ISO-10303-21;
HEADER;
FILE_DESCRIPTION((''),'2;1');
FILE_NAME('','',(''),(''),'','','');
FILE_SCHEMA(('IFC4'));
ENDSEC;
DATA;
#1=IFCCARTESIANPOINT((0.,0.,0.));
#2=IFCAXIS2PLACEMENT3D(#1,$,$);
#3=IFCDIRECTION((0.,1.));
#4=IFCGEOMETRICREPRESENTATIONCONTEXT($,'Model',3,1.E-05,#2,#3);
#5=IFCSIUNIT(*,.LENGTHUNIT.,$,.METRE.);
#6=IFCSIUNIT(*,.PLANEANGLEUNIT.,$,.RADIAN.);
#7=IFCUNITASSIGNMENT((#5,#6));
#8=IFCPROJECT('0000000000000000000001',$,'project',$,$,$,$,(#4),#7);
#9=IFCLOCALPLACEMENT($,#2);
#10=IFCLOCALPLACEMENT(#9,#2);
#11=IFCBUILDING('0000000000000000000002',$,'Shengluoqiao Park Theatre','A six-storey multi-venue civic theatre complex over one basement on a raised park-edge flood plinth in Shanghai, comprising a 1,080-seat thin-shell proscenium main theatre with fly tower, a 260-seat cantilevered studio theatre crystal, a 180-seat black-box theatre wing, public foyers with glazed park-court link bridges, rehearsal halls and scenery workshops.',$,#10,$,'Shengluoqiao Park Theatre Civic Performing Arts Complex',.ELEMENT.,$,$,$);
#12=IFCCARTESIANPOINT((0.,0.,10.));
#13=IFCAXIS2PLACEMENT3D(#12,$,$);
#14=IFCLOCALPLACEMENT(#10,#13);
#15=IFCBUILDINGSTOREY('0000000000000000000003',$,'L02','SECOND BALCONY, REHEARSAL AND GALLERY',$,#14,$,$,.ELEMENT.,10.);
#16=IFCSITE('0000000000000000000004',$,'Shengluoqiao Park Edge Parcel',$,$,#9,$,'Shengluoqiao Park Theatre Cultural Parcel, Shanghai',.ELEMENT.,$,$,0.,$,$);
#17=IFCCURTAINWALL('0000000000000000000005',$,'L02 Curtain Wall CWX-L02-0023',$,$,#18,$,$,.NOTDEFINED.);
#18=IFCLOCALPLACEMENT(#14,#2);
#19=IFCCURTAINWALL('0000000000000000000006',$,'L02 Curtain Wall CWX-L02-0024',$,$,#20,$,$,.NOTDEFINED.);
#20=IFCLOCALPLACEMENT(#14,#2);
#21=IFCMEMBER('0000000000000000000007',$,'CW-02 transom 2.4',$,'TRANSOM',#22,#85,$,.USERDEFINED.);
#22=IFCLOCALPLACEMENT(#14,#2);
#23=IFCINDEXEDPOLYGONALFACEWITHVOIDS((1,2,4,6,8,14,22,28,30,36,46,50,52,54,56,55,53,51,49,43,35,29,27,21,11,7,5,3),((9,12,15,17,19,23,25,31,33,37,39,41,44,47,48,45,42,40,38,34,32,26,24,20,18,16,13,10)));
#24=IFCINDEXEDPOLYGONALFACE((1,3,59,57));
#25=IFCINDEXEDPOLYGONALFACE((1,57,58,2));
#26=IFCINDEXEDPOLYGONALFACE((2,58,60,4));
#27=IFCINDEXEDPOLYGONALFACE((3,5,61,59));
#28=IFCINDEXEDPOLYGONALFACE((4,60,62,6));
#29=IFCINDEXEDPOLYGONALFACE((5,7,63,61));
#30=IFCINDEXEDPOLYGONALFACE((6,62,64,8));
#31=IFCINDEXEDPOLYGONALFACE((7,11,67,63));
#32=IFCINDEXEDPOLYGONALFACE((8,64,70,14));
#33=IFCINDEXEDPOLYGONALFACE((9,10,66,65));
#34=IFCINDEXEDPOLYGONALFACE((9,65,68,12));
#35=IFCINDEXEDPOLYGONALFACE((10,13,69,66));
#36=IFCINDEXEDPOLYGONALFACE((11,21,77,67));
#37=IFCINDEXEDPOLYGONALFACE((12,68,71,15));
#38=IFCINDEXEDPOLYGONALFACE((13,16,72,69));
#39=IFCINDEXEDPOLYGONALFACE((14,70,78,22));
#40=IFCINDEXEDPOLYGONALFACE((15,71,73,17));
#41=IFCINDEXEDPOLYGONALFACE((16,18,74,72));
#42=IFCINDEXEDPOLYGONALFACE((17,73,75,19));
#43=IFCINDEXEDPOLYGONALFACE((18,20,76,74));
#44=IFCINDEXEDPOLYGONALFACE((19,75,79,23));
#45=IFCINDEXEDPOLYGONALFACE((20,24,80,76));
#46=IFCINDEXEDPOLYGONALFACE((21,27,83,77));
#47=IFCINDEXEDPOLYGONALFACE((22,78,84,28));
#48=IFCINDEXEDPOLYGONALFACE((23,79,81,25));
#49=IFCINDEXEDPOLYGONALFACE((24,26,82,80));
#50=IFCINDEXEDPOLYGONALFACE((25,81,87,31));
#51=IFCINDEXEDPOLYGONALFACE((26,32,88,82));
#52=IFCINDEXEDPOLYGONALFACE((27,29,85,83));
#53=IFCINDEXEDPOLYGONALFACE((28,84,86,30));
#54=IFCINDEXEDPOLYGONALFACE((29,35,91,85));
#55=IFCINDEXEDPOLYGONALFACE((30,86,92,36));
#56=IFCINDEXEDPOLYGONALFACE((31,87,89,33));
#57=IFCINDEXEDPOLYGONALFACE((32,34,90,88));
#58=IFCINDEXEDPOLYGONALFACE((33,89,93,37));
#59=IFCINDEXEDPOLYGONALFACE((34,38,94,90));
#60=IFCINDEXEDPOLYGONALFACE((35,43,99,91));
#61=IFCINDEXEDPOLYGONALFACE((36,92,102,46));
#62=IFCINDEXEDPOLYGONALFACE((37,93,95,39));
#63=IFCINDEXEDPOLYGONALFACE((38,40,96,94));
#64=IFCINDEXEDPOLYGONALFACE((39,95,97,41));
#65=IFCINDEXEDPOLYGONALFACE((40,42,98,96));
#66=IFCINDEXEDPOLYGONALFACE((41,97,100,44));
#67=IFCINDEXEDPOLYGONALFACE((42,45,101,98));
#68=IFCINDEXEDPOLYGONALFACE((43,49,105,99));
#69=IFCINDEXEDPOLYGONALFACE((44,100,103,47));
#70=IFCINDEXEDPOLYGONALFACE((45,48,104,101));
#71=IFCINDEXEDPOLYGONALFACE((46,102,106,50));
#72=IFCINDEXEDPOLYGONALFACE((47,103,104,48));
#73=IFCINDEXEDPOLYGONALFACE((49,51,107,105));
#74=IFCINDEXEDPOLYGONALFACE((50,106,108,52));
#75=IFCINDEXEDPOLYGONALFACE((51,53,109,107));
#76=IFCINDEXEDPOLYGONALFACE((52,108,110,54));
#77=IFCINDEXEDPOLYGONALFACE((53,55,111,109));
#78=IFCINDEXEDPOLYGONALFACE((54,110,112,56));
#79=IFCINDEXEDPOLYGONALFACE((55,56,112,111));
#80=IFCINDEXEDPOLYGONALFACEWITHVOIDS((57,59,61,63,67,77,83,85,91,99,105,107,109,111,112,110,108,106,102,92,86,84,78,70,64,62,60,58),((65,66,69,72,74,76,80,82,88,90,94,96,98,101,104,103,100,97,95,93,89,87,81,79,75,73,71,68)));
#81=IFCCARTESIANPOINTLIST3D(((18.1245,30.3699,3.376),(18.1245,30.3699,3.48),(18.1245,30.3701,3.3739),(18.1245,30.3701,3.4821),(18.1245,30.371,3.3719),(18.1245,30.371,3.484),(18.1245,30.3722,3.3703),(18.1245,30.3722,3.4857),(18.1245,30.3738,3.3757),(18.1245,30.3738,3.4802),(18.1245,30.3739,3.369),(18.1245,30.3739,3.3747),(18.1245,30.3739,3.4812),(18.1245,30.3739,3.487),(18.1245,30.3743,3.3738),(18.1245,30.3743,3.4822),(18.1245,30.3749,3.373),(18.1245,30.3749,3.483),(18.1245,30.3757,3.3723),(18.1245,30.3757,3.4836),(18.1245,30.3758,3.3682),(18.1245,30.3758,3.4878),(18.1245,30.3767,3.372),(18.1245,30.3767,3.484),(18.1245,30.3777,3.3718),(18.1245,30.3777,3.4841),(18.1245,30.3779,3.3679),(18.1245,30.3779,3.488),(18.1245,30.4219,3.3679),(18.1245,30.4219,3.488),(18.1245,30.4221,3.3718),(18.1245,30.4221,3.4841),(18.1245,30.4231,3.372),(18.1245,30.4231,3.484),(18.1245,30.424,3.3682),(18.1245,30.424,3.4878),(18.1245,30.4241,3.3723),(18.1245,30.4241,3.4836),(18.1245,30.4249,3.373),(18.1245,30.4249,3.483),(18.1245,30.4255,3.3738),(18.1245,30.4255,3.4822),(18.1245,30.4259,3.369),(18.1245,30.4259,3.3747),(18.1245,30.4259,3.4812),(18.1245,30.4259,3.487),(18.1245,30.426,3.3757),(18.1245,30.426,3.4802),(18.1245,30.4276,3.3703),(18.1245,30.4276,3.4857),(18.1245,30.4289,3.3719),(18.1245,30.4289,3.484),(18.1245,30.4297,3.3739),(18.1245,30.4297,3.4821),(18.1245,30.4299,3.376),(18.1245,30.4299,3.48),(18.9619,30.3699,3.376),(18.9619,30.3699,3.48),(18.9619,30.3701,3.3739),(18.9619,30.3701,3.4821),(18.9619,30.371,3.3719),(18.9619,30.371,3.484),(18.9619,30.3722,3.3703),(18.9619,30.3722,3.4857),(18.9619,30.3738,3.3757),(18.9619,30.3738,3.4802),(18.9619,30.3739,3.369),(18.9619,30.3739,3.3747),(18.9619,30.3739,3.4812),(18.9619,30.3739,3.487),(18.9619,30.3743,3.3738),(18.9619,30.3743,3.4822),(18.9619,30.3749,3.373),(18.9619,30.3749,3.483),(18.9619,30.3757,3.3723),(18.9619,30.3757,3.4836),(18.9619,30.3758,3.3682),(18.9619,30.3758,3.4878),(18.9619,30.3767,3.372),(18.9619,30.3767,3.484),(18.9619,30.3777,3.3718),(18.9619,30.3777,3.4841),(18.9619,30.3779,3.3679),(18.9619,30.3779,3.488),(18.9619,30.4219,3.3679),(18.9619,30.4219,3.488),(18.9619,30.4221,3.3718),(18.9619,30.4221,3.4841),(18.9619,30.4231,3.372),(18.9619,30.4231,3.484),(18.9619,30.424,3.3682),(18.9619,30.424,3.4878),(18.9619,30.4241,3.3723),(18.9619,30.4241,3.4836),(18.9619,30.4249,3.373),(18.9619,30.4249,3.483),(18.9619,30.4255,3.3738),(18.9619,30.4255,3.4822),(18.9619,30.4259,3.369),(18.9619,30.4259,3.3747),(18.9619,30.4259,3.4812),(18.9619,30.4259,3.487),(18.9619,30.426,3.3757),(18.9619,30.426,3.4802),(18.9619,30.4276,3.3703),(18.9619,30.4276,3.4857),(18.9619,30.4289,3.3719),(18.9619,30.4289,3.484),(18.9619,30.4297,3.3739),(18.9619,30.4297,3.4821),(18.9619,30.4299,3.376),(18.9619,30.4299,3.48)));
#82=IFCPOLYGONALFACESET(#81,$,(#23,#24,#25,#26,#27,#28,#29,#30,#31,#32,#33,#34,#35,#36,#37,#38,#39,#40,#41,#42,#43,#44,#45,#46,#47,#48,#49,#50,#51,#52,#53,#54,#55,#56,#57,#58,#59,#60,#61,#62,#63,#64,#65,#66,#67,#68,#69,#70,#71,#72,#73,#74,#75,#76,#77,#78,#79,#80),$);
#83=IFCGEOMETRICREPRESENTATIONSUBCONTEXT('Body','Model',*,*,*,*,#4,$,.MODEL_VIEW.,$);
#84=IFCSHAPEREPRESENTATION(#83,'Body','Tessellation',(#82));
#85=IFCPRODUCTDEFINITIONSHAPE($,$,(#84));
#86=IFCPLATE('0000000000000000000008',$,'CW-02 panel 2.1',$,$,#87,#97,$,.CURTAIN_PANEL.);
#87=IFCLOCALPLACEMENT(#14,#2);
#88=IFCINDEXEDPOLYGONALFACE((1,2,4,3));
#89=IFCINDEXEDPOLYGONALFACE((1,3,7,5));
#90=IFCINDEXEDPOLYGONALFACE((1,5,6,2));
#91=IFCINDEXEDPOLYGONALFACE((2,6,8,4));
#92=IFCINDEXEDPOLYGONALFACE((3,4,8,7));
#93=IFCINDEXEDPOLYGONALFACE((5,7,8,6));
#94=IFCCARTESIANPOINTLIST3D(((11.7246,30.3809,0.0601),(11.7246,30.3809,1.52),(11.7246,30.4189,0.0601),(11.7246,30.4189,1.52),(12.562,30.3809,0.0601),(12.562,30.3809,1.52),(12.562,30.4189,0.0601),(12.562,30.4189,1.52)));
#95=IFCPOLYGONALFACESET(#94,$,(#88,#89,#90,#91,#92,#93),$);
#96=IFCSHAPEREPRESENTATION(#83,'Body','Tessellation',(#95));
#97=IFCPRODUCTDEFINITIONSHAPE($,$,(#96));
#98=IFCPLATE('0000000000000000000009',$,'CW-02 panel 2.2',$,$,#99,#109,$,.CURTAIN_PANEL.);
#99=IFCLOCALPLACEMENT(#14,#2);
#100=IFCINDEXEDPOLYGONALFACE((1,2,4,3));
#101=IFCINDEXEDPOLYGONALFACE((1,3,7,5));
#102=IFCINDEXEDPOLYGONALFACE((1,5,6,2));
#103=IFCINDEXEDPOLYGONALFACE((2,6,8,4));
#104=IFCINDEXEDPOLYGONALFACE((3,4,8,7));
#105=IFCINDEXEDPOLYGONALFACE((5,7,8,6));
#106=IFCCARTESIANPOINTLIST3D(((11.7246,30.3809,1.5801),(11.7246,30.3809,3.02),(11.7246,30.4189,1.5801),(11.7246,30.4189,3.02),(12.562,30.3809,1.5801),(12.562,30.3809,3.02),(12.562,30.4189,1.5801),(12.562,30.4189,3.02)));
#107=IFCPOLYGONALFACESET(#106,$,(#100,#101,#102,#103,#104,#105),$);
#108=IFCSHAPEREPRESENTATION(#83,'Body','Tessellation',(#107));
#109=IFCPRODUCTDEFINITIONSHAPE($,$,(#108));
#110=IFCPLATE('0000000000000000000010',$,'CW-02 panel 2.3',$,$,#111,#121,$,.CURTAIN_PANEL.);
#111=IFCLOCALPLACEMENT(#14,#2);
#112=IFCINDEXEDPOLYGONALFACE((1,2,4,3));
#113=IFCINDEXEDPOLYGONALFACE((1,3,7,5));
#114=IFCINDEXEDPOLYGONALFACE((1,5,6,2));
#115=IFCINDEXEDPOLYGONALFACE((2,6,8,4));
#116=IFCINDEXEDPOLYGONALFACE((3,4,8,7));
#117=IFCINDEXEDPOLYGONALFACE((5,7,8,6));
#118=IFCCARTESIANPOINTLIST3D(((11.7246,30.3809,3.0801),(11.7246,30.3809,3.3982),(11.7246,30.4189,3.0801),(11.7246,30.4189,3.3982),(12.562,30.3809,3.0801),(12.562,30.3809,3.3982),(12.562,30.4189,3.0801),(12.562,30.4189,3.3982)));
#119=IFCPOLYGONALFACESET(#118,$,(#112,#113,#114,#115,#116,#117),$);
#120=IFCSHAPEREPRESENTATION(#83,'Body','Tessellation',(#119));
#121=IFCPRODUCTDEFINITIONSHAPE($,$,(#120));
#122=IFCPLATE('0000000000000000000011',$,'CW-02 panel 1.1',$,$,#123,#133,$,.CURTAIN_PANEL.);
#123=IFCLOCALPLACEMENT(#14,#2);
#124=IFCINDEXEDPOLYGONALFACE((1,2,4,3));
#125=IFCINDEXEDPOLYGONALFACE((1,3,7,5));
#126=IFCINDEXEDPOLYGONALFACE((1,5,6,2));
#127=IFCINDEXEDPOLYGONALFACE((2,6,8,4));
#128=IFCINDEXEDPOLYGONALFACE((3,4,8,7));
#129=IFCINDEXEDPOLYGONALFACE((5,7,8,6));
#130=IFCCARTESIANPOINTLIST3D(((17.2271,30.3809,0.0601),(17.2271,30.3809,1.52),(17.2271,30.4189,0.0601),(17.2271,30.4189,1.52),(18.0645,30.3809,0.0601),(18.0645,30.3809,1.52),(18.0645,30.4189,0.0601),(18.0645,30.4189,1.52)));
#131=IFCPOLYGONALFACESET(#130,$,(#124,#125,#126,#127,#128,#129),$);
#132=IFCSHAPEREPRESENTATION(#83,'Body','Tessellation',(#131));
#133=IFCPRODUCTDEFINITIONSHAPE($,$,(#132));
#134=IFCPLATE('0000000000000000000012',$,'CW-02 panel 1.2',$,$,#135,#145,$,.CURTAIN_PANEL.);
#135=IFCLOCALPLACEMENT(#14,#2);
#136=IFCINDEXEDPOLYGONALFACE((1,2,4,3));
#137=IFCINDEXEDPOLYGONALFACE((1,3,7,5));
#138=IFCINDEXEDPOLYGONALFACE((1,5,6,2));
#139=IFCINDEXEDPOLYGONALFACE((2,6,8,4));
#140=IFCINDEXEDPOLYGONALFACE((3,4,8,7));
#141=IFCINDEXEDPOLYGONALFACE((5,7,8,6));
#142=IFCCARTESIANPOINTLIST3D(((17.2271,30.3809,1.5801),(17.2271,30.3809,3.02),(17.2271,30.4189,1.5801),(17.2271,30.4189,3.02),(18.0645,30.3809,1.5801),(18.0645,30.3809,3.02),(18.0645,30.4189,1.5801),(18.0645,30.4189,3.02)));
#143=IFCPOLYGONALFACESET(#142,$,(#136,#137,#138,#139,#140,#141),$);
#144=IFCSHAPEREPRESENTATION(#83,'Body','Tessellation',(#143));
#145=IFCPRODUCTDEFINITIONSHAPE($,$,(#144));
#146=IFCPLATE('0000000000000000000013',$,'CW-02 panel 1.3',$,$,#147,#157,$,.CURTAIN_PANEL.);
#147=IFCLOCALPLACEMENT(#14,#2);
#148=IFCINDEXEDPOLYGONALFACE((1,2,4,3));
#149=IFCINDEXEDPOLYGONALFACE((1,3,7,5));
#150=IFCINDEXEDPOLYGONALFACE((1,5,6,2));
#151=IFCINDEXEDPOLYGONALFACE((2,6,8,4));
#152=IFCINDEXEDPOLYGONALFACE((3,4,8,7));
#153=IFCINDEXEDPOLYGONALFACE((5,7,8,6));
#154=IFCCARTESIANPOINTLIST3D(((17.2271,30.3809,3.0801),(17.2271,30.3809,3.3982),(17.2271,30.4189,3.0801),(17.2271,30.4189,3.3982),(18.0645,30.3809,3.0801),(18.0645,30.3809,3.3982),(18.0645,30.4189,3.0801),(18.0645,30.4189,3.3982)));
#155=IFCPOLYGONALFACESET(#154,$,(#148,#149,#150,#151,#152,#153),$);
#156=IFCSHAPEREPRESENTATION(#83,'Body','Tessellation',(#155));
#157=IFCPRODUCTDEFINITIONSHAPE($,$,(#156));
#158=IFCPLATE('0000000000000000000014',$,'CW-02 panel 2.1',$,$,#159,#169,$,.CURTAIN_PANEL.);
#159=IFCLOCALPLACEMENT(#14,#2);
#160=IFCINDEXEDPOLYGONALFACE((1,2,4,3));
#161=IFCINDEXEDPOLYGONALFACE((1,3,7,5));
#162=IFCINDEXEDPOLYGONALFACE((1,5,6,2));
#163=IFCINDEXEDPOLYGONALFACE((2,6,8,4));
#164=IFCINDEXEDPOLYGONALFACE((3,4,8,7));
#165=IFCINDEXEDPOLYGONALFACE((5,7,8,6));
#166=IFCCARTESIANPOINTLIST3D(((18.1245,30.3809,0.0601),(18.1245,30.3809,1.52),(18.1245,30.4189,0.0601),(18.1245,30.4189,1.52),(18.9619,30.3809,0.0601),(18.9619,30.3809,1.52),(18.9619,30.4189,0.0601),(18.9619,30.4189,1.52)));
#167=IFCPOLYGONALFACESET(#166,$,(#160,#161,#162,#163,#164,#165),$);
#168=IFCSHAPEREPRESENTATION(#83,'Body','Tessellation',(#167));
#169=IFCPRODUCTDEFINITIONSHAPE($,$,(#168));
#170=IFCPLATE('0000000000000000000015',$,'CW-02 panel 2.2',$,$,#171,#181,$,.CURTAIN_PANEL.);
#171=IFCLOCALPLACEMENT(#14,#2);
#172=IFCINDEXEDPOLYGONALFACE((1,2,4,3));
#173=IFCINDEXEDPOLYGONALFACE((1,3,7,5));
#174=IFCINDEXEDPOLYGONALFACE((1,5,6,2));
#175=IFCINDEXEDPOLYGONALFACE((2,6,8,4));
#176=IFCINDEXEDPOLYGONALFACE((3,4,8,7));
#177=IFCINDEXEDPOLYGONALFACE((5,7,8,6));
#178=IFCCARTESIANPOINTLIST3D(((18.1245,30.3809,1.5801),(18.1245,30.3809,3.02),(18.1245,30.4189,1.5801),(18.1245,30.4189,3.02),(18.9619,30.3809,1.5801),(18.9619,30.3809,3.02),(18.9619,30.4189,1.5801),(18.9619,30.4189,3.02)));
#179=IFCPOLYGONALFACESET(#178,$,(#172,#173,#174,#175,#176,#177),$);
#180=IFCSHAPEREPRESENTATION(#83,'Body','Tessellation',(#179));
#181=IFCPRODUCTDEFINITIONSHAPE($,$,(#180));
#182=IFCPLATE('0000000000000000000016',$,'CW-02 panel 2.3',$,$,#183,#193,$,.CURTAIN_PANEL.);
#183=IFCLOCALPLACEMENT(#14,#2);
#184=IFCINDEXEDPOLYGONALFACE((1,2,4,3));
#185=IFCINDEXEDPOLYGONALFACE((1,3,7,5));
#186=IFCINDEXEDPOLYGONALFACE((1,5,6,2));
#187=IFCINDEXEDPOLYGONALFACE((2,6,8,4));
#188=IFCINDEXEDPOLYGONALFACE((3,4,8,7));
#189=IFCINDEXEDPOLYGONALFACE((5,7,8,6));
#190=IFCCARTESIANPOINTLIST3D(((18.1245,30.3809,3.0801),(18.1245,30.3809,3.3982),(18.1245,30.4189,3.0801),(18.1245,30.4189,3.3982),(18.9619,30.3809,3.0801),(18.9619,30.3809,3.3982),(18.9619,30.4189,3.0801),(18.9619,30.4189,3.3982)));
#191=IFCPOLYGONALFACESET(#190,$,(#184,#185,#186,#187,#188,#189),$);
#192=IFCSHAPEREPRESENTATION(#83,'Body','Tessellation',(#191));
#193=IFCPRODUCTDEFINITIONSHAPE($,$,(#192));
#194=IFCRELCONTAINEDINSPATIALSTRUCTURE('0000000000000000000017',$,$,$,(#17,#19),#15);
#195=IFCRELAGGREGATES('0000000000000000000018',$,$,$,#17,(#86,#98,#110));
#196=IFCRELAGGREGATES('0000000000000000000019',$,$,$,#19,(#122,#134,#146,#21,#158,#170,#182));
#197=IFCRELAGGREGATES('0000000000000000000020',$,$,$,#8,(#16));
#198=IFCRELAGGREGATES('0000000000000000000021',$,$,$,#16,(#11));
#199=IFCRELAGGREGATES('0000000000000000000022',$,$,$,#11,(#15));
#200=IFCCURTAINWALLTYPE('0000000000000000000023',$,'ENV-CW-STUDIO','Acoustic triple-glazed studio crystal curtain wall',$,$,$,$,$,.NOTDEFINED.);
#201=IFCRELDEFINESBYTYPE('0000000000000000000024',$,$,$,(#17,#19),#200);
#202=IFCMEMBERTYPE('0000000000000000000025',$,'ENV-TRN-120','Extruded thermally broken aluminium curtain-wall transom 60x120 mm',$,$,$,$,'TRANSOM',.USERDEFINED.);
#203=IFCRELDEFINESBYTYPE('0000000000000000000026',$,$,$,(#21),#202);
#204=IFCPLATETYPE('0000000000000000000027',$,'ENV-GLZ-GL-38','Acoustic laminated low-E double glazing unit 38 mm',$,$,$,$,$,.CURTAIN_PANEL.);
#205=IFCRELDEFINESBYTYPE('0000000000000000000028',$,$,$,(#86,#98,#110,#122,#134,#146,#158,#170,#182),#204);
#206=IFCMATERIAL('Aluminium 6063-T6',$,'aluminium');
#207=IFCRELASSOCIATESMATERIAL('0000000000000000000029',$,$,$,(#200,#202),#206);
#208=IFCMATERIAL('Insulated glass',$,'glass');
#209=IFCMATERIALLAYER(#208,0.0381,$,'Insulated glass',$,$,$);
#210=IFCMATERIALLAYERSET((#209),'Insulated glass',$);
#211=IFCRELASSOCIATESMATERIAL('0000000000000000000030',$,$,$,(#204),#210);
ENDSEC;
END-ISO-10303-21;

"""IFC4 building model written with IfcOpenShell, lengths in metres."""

from ifc_helpers import new_model, si_unit, direction, frame, origin, origin_2d, place, context, subcontext, project, spatial, rectangle, hollow_rectangle, extrude, material, layer, layer_set, material_profile, profile_set, type_object, element, aggregate, save


model = new_model("IFC4")

# Units and contexts
model_context = context("Model", 3, precision=1e-05, world=origin(), true_north=direction((0.0, 1.0)))
body_context = subcontext(model_context, "Body", "Model", "MODEL_VIEW")
ifc_project = project(units=[si_unit("LENGTHUNIT", "METRE"), si_unit("PLANEANGLEUNIT", "RADIAN")], contexts=[model_context])

# Site, building, storey
site_placement = place(None, origin())
site = spatial("IfcSite", under=ifc_project, at=site_placement, Name="Shengluoqiao Park Edge Parcel", LongName="Shengluoqiao Park Theatre Cultural Parcel, Shanghai", CompositionType="ELEMENT", RefElevation=0.0)
building_placement = place(site_placement, origin())
building = spatial("IfcBuilding", under=site, at=building_placement, Name="Shengluoqiao Park Theatre", Description="A six-storey multi-venue civic theatre complex over one basement on a raised park-edge flood plinth in Shanghai, comprising a 1,080-seat thin-shell proscenium main theatre with fly tower, a 260-seat cantilevered studio theatre crystal, a 180-seat black-box theatre wing, public foyers with glazed park-court link bridges, rehearsal halls and scenery workshops.", LongName="Shengluoqiao Park Theatre Civic Performing Arts Complex", CompositionType="ELEMENT")
storey_placement = place(building_placement, frame((0.0, 0.0, 10.0)))
storey = spatial("IfcBuildingStorey", under=building, at=storey_placement, Name="L02", Description="SECOND BALCONY, REHEARSAL AND GALLERY", CompositionType="ELEMENT", Elevation=10.0)

# Curtain wall
ifc_material_1 = material(Name="Aluminium 6063-T6", Category="aluminium")
curtain_wall_type = type_object("IfcCurtainWallType", Name="ENV-CW-STUDIO", Description="Acoustic triple-glazed studio crystal curtain wall", PredefinedType="NOTDEFINED", material=ifc_material_1)
curtain_wall_1_placement = place(storey_placement, origin())
curtain_wall_1 = element("IfcCurtainWall", 1, at=curtain_wall_1_placement, inside=storey, type_object=curtain_wall_type, Name="L02 Curtain Wall CWX-L02-0023", PredefinedType="NOTDEFINED")

# Curtain wall
curtain_wall_2_placement = place(storey_placement, origin())
curtain_wall_2 = element("IfcCurtainWall", 2, at=curtain_wall_2_placement, inside=storey, type_object=curtain_wall_type, Name="L02 Curtain Wall CWX-L02-0024", PredefinedType="NOTDEFINED")

# Member
ifc_material_profile_1 = material_profile(ifc_material_1, hollow_rectangle(XDim=0.0601, YDim=0.1201, WallThickness=0.0039, InnerFilletRadius=0.0039, OuterFilletRadius=0.0081, at=origin_2d()), Name="ALU TRANSOM 120x60x4")
ifc_profile_set_1 = profile_set([ifc_material_profile_1], Name="Aluminium 6063-T6")
member_type_1 = type_object("IfcMemberType", Name="ENV-TRN-120", Description="Extruded thermally broken aluminium curtain-wall transom 60x120 mm", ElementType="TRANSOM", PredefinedType="USERDEFINED", material=ifc_profile_set_1)
member_1_placement = place(storey_placement, frame((18.1245, 30.3999, 3.428), z_axis=(1.0, 0.0, 0.0), x_axis=(0.0, 1.0, 0.0)))
member_1 = element("IfcMember", 3, at=member_1_placement, type_object=member_type_1, Name="CW-02 transom 2.4", ObjectType="TRANSOM", PredefinedType="USERDEFINED", context=body_context, shape_type="SweptSolid", body=[
    extrude(hollow_rectangle(XDim=0.0601, YDim=0.1201, WallThickness=0.0039, InnerFilletRadius=0.0039, OuterFilletRadius=0.0081, at=origin_2d()), origin(), (0.0, 0.0, 1.0), 0.8374),
])

# Plates
ifc_material_2 = material(Name="Insulated glass", Category="glass")
ifc_layer_1 = layer(ifc_material_2, 0.0381, Name="Insulated glass")
ifc_layer_set_1 = layer_set([ifc_layer_1], Name="Insulated glass")
plate_type = type_object("IfcPlateType", Name="ENV-GLZ-GL-38", Description="Acoustic laminated low-E double glazing unit 38 mm", PredefinedType="CURTAIN_PANEL", material=ifc_layer_set_1)
plate_1_placement = place(storey_placement, frame((12.1433, 30.3999, 0.0601), z_axis=(0.0, 0.0, 1.0), x_axis=(1.0, 0.0, 0.0)))
plate_1 = element("IfcPlate", 4, at=plate_1_placement, type_object=plate_type, Name="CW-02 panel 2.1", PredefinedType="CURTAIN_PANEL", context=body_context, shape_type="SweptSolid", body=[
    extrude(rectangle(XDim=0.8374, YDim=0.0381, at=origin_2d()), origin(), (0.0, 0.0, 1.0), 1.46),
])
plate_2_placement = place(storey_placement, frame((12.1433, 30.3999, 1.5801), z_axis=(0.0, 0.0, 1.0), x_axis=(1.0, 0.0, 0.0)))
plate_2 = element("IfcPlate", 5, at=plate_2_placement, type_object=plate_type, Name="CW-02 panel 2.2", PredefinedType="CURTAIN_PANEL", context=body_context, shape_type="SweptSolid", body=[
    extrude(rectangle(XDim=0.8374, YDim=0.0381, at=origin_2d()), origin(), (0.0, 0.0, 1.0), 1.4399),
])
plate_3_placement = place(storey_placement, frame((12.1433, 30.3999, 3.0801), z_axis=(0.0, 0.0, 1.0), x_axis=(1.0, 0.0, 0.0)))
plate_3 = element("IfcPlate", 6, at=plate_3_placement, type_object=plate_type, Name="CW-02 panel 2.3", PredefinedType="CURTAIN_PANEL", context=body_context, shape_type="SweptSolid", body=[
    extrude(rectangle(XDim=0.8374, YDim=0.0381, at=origin_2d()), origin(), (0.0, 0.0, 1.0), 0.3181),
])
aggregate(curtain_wall_1, [plate_1, plate_2, plate_3])
plate_4_placement = place(storey_placement, frame((17.6458, 30.3999, 0.0601), z_axis=(0.0, 0.0, 1.0), x_axis=(1.0, 0.0, 0.0)))
plate_4 = element("IfcPlate", 7, at=plate_4_placement, type_object=plate_type, Name="CW-02 panel 1.1", PredefinedType="CURTAIN_PANEL", context=body_context, shape_type="SweptSolid", body=[
    extrude(rectangle(XDim=0.8374, YDim=0.0381, at=origin_2d()), origin(), (0.0, 0.0, 1.0), 1.46),
])
plate_5_placement = place(storey_placement, frame((17.6458, 30.3999, 1.5801), z_axis=(0.0, 0.0, 1.0), x_axis=(1.0, 0.0, 0.0)))
plate_5 = element("IfcPlate", 8, at=plate_5_placement, type_object=plate_type, Name="CW-02 panel 1.2", PredefinedType="CURTAIN_PANEL", context=body_context, shape_type="SweptSolid", body=[
    extrude(rectangle(XDim=0.8374, YDim=0.0381, at=origin_2d()), origin(), (0.0, 0.0, 1.0), 1.4399),
])
plate_6_placement = place(storey_placement, frame((17.6458, 30.3999, 3.0801), z_axis=(0.0, 0.0, 1.0), x_axis=(1.0, 0.0, 0.0)))
plate_6 = element("IfcPlate", 9, at=plate_6_placement, type_object=plate_type, Name="CW-02 panel 1.3", PredefinedType="CURTAIN_PANEL", context=body_context, shape_type="SweptSolid", body=[
    extrude(rectangle(XDim=0.8374, YDim=0.0381, at=origin_2d()), origin(), (0.0, 0.0, 1.0), 0.3181),
])
plate_7_placement = place(storey_placement, frame((18.5432, 30.3999, 0.0601), z_axis=(0.0, 0.0, 1.0), x_axis=(1.0, 0.0, 0.0)))
plate_7 = element("IfcPlate", 10, at=plate_7_placement, type_object=plate_type, Name="CW-02 panel 2.1", PredefinedType="CURTAIN_PANEL", context=body_context, shape_type="SweptSolid", body=[
    extrude(rectangle(XDim=0.8374, YDim=0.0381, at=origin_2d()), origin(), (0.0, 0.0, 1.0), 1.46),
])
plate_8_placement = place(storey_placement, frame((18.5432, 30.3999, 1.5801), z_axis=(0.0, 0.0, 1.0), x_axis=(1.0, 0.0, 0.0)))
plate_8 = element("IfcPlate", 11, at=plate_8_placement, type_object=plate_type, Name="CW-02 panel 2.2", PredefinedType="CURTAIN_PANEL", context=body_context, shape_type="SweptSolid", body=[
    extrude(rectangle(XDim=0.8374, YDim=0.0381, at=origin_2d()), origin(), (0.0, 0.0, 1.0), 1.4399),
])
plate_9_placement = place(storey_placement, frame((18.5432, 30.3999, 3.0801), z_axis=(0.0, 0.0, 1.0), x_axis=(1.0, 0.0, 0.0)))
plate_9 = element("IfcPlate", 12, at=plate_9_placement, type_object=plate_type, Name="CW-02 panel 2.3", PredefinedType="CURTAIN_PANEL", context=body_context, shape_type="SweptSolid", body=[
    extrude(rectangle(XDim=0.8374, YDim=0.0381, at=origin_2d()), origin(), (0.0, 0.0, 1.0), 0.3181),
])
aggregate(curtain_wall_2, [plate_4, plate_5, plate_6, member_1, plate_7, plate_8, plate_9])

save(model, "model.ifc")
